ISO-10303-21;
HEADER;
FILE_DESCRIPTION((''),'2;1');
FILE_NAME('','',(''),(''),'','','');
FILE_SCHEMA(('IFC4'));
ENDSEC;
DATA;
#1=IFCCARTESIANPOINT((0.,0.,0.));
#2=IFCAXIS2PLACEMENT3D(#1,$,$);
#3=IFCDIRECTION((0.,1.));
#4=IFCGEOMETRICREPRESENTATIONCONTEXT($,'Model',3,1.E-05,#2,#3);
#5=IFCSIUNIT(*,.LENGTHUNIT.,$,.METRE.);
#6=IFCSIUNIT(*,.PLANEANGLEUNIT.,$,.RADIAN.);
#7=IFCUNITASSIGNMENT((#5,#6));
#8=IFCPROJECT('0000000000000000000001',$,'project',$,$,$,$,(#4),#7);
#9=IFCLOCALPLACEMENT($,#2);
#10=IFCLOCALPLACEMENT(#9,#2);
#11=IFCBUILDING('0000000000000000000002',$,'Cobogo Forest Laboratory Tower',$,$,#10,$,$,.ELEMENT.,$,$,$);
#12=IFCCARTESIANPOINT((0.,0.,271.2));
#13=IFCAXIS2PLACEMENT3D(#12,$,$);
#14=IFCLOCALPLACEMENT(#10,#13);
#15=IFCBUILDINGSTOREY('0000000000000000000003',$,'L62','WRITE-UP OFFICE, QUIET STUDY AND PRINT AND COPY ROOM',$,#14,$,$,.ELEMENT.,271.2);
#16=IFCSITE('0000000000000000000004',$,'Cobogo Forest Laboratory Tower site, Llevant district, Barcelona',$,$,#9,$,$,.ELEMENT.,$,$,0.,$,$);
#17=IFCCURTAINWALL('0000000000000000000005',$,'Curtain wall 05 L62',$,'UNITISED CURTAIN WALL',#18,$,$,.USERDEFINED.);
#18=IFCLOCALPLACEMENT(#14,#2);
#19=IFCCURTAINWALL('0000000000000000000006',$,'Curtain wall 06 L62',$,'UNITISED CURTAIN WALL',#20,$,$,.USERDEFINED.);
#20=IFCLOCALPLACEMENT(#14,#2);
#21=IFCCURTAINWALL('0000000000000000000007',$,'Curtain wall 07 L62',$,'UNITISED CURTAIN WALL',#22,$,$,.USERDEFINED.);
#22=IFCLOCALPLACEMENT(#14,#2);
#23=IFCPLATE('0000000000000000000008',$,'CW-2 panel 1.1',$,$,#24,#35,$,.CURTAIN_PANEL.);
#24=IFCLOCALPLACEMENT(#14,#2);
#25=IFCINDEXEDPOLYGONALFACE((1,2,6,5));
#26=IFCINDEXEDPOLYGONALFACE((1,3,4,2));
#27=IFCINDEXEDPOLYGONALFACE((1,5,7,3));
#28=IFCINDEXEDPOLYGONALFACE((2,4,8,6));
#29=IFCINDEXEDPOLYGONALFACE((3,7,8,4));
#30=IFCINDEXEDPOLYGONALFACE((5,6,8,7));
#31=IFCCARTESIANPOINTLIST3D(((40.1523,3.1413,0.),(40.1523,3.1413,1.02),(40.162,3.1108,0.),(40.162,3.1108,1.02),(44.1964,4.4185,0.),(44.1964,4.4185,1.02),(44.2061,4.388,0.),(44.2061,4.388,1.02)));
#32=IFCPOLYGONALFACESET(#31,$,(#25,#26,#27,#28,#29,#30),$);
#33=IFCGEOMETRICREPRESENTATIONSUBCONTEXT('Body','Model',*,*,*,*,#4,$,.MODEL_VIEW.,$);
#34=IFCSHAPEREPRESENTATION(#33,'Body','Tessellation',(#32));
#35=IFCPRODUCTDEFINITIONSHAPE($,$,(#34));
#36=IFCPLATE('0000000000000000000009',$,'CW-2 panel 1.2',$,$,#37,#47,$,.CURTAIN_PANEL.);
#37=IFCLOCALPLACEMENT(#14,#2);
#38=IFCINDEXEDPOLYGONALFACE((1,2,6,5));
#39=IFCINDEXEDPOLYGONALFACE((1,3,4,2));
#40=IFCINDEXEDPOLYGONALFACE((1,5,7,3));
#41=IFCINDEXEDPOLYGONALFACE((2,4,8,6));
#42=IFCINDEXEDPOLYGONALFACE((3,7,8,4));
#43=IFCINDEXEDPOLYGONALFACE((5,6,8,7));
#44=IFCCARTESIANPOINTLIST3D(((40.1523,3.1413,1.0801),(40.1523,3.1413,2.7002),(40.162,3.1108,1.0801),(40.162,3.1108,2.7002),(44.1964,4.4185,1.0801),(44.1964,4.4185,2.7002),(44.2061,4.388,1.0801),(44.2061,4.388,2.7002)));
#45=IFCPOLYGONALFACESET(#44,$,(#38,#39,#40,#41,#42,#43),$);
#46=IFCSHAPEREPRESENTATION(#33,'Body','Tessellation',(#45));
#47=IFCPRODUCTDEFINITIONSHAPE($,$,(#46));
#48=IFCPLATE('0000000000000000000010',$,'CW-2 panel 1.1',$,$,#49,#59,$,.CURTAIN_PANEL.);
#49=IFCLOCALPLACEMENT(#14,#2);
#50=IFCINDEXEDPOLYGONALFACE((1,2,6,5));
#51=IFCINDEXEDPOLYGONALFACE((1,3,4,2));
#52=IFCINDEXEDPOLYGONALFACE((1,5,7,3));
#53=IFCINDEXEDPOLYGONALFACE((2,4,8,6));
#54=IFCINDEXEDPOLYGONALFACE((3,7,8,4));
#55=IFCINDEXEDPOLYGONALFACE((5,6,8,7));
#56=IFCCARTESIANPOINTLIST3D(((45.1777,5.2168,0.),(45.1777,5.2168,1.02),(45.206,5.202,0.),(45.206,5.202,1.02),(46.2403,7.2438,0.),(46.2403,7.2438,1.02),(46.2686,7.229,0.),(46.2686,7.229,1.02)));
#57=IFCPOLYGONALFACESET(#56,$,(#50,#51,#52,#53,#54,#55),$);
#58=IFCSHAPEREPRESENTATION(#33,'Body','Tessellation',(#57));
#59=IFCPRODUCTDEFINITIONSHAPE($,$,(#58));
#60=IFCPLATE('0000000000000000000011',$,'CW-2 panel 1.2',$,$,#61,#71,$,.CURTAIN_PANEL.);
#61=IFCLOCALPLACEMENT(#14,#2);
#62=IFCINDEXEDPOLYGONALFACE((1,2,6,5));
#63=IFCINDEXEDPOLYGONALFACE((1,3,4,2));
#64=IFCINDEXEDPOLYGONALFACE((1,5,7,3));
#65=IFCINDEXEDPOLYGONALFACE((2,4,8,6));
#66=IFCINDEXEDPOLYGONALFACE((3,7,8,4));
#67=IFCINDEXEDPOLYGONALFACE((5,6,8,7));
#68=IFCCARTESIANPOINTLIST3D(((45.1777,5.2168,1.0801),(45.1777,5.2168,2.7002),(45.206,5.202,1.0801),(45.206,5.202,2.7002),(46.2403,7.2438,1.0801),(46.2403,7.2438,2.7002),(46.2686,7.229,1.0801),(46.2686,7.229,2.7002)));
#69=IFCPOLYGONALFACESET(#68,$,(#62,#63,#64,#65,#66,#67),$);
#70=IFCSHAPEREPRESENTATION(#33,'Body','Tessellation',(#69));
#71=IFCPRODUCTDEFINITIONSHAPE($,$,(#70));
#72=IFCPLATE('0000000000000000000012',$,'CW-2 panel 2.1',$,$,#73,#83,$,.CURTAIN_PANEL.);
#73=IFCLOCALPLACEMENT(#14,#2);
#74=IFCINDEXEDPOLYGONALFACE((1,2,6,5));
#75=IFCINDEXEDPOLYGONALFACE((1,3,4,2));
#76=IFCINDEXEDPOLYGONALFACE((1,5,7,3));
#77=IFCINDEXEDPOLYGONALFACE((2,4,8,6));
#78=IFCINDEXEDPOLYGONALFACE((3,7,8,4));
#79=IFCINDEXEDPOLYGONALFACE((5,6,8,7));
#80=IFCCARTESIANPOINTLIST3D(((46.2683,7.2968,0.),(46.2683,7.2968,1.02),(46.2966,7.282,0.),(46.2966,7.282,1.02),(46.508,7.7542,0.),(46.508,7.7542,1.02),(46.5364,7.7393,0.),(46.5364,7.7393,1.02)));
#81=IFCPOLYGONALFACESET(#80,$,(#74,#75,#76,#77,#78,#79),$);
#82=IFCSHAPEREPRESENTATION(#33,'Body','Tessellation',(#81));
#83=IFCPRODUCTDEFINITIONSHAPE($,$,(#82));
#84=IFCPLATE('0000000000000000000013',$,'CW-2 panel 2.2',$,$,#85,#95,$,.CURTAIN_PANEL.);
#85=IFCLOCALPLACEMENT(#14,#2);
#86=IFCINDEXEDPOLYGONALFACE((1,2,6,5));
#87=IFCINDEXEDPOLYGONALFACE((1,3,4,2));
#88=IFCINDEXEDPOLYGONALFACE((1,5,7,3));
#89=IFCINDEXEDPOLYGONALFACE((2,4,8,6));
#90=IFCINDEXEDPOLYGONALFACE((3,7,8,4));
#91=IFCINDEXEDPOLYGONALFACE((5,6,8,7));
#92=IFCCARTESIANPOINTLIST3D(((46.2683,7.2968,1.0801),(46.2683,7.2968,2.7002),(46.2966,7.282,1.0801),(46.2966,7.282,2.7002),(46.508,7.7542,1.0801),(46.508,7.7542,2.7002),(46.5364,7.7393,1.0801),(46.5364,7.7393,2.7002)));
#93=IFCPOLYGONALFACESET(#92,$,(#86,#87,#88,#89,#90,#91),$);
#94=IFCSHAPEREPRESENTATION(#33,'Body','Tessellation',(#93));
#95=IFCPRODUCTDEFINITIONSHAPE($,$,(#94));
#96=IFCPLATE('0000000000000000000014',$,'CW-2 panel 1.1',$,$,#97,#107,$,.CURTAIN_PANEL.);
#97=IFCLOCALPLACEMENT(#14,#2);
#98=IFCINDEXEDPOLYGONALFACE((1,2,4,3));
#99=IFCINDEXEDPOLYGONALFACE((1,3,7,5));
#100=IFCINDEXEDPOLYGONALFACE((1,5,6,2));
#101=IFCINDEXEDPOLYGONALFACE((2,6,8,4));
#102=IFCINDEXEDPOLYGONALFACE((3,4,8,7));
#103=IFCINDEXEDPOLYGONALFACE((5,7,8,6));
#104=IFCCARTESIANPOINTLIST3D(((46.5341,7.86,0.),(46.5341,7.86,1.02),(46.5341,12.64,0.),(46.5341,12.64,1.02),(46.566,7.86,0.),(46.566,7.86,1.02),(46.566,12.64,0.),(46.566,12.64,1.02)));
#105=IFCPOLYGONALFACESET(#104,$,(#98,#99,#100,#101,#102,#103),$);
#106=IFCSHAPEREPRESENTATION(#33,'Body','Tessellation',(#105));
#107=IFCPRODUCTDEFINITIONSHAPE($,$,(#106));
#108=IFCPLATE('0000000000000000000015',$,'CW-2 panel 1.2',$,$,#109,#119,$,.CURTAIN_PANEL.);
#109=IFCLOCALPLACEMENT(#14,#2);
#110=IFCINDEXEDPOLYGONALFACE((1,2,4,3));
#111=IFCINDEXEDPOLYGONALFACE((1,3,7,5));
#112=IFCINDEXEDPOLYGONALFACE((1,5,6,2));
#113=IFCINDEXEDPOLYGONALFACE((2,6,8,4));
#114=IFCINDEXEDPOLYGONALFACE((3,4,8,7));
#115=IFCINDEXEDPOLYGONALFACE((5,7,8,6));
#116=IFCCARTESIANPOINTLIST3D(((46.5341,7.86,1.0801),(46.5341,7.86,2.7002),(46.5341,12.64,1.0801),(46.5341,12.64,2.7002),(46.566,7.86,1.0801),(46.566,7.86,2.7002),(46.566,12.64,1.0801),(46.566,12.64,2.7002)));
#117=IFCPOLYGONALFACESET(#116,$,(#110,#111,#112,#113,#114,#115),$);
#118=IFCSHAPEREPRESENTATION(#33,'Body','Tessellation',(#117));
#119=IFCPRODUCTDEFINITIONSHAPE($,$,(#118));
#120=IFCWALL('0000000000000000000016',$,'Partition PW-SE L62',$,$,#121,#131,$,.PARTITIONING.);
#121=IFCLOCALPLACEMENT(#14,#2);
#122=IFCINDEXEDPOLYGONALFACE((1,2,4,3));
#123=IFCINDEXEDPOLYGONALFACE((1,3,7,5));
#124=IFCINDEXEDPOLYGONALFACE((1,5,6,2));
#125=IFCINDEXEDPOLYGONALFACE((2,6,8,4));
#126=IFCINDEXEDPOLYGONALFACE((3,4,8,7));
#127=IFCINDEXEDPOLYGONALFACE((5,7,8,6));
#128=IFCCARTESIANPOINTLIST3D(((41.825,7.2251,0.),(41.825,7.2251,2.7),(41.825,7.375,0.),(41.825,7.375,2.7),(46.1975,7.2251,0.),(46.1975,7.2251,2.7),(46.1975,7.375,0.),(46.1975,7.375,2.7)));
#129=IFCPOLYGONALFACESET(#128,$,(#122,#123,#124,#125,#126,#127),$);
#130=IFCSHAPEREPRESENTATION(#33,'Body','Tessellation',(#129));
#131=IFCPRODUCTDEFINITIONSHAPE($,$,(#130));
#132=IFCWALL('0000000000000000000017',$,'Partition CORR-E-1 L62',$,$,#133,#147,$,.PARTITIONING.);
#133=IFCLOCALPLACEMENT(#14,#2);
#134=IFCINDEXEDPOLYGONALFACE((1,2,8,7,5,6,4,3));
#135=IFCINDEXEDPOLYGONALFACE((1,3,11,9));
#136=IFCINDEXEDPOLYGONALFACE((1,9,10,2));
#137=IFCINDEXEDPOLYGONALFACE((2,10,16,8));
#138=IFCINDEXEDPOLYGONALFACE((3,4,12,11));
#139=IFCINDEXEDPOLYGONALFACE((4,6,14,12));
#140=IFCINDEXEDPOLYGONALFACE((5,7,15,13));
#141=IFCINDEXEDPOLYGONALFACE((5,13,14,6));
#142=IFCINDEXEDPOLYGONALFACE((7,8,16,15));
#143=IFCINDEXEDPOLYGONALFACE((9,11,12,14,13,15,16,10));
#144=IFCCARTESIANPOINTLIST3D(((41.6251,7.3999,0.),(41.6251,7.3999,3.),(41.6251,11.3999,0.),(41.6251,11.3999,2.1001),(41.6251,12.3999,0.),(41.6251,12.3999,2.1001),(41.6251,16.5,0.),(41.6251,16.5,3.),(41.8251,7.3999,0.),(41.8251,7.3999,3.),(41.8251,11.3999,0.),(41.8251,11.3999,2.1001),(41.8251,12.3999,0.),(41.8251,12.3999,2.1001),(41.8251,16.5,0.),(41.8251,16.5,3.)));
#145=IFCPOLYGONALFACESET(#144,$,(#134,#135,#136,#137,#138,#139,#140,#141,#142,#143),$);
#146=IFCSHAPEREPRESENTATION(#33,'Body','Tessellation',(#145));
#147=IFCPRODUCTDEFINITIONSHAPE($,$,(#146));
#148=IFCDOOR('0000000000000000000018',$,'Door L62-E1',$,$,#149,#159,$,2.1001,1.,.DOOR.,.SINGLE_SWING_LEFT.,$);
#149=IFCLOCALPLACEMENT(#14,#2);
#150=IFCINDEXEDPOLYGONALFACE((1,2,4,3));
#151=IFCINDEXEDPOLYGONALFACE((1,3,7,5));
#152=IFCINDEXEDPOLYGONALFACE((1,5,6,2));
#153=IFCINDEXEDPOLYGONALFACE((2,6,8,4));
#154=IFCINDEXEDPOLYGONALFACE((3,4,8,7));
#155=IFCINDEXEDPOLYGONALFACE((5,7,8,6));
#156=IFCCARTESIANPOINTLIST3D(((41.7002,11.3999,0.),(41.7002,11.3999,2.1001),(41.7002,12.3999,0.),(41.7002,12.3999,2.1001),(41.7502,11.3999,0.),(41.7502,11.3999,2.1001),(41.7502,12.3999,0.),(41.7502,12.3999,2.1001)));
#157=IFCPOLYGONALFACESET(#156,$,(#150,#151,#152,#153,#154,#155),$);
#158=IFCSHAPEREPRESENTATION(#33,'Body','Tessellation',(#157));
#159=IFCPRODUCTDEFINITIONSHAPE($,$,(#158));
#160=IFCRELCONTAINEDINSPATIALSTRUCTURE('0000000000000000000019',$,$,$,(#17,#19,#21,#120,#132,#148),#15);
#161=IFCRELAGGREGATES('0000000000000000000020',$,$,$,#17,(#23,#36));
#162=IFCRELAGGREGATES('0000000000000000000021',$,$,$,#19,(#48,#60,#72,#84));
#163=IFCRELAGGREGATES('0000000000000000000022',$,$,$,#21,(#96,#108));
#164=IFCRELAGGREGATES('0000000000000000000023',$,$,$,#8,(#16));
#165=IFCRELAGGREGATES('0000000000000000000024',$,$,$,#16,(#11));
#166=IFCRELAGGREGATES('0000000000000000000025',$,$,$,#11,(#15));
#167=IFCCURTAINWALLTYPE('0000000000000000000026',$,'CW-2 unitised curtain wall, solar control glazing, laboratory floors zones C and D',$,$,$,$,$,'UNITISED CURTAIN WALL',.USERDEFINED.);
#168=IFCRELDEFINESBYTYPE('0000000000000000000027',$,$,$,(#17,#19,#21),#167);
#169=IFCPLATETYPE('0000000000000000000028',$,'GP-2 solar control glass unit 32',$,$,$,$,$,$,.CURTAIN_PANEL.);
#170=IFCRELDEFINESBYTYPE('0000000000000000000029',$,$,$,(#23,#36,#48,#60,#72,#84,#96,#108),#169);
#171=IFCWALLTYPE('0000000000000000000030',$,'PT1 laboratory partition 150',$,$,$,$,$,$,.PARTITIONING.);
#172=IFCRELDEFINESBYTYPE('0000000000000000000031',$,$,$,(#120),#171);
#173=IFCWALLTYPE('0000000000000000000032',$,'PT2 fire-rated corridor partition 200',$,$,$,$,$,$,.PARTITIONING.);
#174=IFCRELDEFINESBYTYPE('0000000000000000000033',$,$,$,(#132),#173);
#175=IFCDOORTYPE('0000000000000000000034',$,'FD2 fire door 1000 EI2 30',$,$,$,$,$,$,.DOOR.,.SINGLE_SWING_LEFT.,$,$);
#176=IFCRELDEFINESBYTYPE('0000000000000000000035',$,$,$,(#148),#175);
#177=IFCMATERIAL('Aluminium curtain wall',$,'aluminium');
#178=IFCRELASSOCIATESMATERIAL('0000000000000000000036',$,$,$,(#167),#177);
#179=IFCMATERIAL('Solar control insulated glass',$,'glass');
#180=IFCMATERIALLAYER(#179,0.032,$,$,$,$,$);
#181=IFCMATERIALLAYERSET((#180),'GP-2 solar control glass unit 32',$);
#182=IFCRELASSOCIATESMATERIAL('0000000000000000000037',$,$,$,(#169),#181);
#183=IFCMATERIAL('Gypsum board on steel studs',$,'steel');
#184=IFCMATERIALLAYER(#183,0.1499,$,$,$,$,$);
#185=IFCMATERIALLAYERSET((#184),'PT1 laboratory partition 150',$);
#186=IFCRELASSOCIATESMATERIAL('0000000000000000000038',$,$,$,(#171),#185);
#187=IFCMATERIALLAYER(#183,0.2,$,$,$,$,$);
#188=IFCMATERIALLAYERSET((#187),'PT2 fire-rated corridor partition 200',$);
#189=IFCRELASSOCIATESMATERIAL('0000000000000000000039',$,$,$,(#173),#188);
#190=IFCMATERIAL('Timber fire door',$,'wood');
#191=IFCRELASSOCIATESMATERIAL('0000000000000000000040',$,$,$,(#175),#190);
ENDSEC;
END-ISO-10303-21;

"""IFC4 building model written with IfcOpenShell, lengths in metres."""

from ifc_helpers import new_model, si_unit, direction, frame, frame_2d, origin, origin_2d, place, context, subcontext, project, spatial, rectangle, extrude, material, layer, layer_set, type_object, element, fill, aggregate, save


model = new_model("IFC4")

# Units and contexts
model_context = context("Model", 3, precision=1e-05, world=origin(), true_north=direction((0.0, 1.0)))
body_context = subcontext(model_context, "Body", "Model", "MODEL_VIEW")
ifc_project = project(units=[si_unit("LENGTHUNIT", "METRE"), si_unit("PLANEANGLEUNIT", "RADIAN")], contexts=[model_context])

# Site, building, storey
site_placement = place(None, origin())
site = spatial("IfcSite", under=ifc_project, at=site_placement, Name="Cobogo Forest Laboratory Tower site, Llevant district, Barcelona", CompositionType="ELEMENT", RefElevation=0.0)
building_placement = place(site_placement, origin())
building = spatial("IfcBuilding", under=site, at=building_placement, Name="Cobogo Forest Laboratory Tower", CompositionType="ELEMENT")
storey_placement = place(building_placement, frame((0.0, 0.0, 271.2)))
storey = spatial("IfcBuildingStorey", under=building, at=storey_placement, Name="L62", Description="WRITE-UP OFFICE, QUIET STUDY AND PRINT AND COPY ROOM", CompositionType="ELEMENT", Elevation=271.2)

# Curtain walls
ifc_material_1 = material(Name="Aluminium curtain wall", Category="aluminium")
curtain_wall_type = type_object("IfcCurtainWallType", Name="CW-2 unitised curtain wall, solar control glazing, laboratory floors zones C and D", ElementType="UNITISED CURTAIN WALL", PredefinedType="USERDEFINED", material=ifc_material_1)
curtain_wall_1_placement = place(storey_placement, origin())
curtain_wall_1 = element("IfcCurtainWall", 1, at=curtain_wall_1_placement, inside=storey, type_object=curtain_wall_type, Name="Curtain wall 05 L62", ObjectType="UNITISED CURTAIN WALL", PredefinedType="USERDEFINED")
curtain_wall_2_placement = place(storey_placement, origin())
curtain_wall_2 = element("IfcCurtainWall", 2, at=curtain_wall_2_placement, inside=storey, type_object=curtain_wall_type, Name="Curtain wall 06 L62", ObjectType="UNITISED CURTAIN WALL", PredefinedType="USERDEFINED")

# Curtain wall
curtain_wall_3_placement = place(storey_placement, origin())
curtain_wall_3 = element("IfcCurtainWall", 3, at=curtain_wall_3_placement, inside=storey, type_object=curtain_wall_type, Name="Curtain wall 07 L62", ObjectType="UNITISED CURTAIN WALL", PredefinedType="USERDEFINED")

# Plates
ifc_material_2 = material(Name="Solar control insulated glass", Category="glass")
ifc_layer_1 = layer(ifc_material_2, 0.032)
ifc_layer_set_1 = layer_set([ifc_layer_1], Name="GP-2 solar control glass unit 32")
plate_type = type_object("IfcPlateType", Name="GP-2 solar control glass unit 32", PredefinedType="CURTAIN_PANEL", material=ifc_layer_set_1)
plate_1_placement = place(storey_placement, frame((42.1792, 3.7646, 0.0), z_axis=(0.0, 0.0, 1.0), x_axis=(0.953581, 0.301135, 0.0)))
plate_1 = element("IfcPlate", 4, at=plate_1_placement, type_object=plate_type, Name="CW-2 panel 1.1", PredefinedType="CURTAIN_PANEL", context=body_context, shape_type="SweptSolid", body=[
    extrude(rectangle(XDim=4.241, YDim=0.032, at=origin_2d()), origin(), (0.0, 0.0, 1.0), 1.02),
])
plate_2_placement = place(storey_placement, frame((42.1792, 3.7646, 1.0801), z_axis=(0.0, 0.0, 1.0), x_axis=(0.953581, 0.301135, 0.0)))
plate_2 = element("IfcPlate", 5, at=plate_2_placement, type_object=plate_type, Name="CW-2 panel 1.2", PredefinedType="CURTAIN_PANEL", context=body_context, shape_type="SweptSolid", body=[
    extrude(rectangle(XDim=4.241, YDim=0.032, at=origin_2d()), origin(), (0.0, 0.0, 1.0), 1.6201),
])
aggregate(curtain_wall_1, [plate_1, plate_2])
plate_3_placement = place(storey_placement, frame((45.7231, 6.2229, 0.0), z_axis=(0.0, 0.0, 1.0), x_axis=(0.464284, 0.885686, 0.0)))
plate_3 = element("IfcPlate", 6, at=plate_3_placement, type_object=plate_type, Name="CW-2 panel 1.1", PredefinedType="CURTAIN_PANEL", context=body_context, shape_type="SweptSolid", body=[
    extrude(rectangle(XDim=2.2886, YDim=0.032, at=origin_2d()), origin(), (0.0, 0.0, 1.0), 1.02),
])
plate_4_placement = place(storey_placement, frame((45.7231, 6.2229, 1.0801), z_axis=(0.0, 0.0, 1.0), x_axis=(0.464284, 0.885686, 0.0)))
plate_4 = element("IfcPlate", 7, at=plate_4_placement, type_object=plate_type, Name="CW-2 panel 1.2", PredefinedType="CURTAIN_PANEL", context=body_context, shape_type="SweptSolid", body=[
    extrude(rectangle(XDim=2.2886, YDim=0.032, at=origin_2d()), origin(), (0.0, 0.0, 1.0), 1.6201),
])
plate_5_placement = place(storey_placement, frame((46.4023, 7.5181, 0.0), z_axis=(0.0, 0.0, 1.0), x_axis=(0.464284, 0.885686, 0.0)))
plate_5 = element("IfcPlate", 8, at=plate_5_placement, type_object=plate_type, Name="CW-2 panel 2.1", PredefinedType="CURTAIN_PANEL", context=body_context, shape_type="SweptSolid", body=[
    extrude(rectangle(XDim=0.5164, YDim=0.032, at=origin_2d()), origin(), (0.0, 0.0, 1.0), 1.02),
])
plate_6_placement = place(storey_placement, frame((46.4023, 7.5181, 1.0801), z_axis=(0.0, 0.0, 1.0), x_axis=(0.464284, 0.885686, 0.0)))
plate_6 = element("IfcPlate", 9, at=plate_6_placement, type_object=plate_type, Name="CW-2 panel 2.2", PredefinedType="CURTAIN_PANEL", context=body_context, shape_type="SweptSolid", body=[
    extrude(rectangle(XDim=0.5164, YDim=0.032, at=origin_2d()), origin(), (0.0, 0.0, 1.0), 1.6201),
])
aggregate(curtain_wall_2, [plate_3, plate_4, plate_5, plate_6])
plate_7_placement = place(storey_placement, frame((46.55, 10.25, 0.0), z_axis=(0.0, 0.0, 1.0), x_axis=(0.0, 1.0, 0.0)))
plate_7 = element("IfcPlate", 10, at=plate_7_placement, type_object=plate_type, Name="CW-2 panel 1.1", PredefinedType="CURTAIN_PANEL", context=body_context, shape_type="SweptSolid", body=[
    extrude(rectangle(XDim=4.78, YDim=0.032, at=origin_2d()), origin(), (0.0, 0.0, 1.0), 1.02),
])
plate_8_placement = place(storey_placement, frame((46.55, 10.25, 1.0801), z_axis=(0.0, 0.0, 1.0), x_axis=(0.0, 1.0, 0.0)))
plate_8 = element("IfcPlate", 11, at=plate_8_placement, type_object=plate_type, Name="CW-2 panel 1.2", PredefinedType="CURTAIN_PANEL", context=body_context, shape_type="SweptSolid", body=[
    extrude(rectangle(XDim=4.78, YDim=0.032, at=origin_2d()), origin(), (0.0, 0.0, 1.0), 1.6201),
])
aggregate(curtain_wall_3, [plate_7, plate_8])

# Wall
ifc_material_3 = material(Name="Gypsum board on steel studs", Category="steel")
ifc_layer_2 = layer(ifc_material_3, 0.1499)
ifc_layer_set_2 = layer_set([ifc_layer_2], Name="PT1 laboratory partition 150")
wall_type_1 = type_object("IfcWallType", Name="PT1 laboratory partition 150", PredefinedType="PARTITIONING", material=ifc_layer_set_2)
wall_1_placement = place(storey_placement, frame((46.1975, 7.3, 0.0), z_axis=(0.0, 0.0, 1.0), x_axis=(-1.0, 0.0, 0.0)))
element("IfcWall", 12, at=wall_1_placement, inside=storey, type_object=wall_type_1, Name="Partition PW-SE L62", PredefinedType="PARTITIONING", context=body_context, shape_type="SweptSolid", body=[
    extrude(rectangle(XDim=4.3726, YDim=0.1499, at=frame_2d((2.1863, 0.0))), origin(), (0.0, 0.0, 1.0), 2.7),
])

# Wall, opening, door
ifc_layer_3 = layer(ifc_material_3, 0.2)
ifc_layer_set_3 = layer_set([ifc_layer_3], Name="PT2 fire-rated corridor partition 200")
wall_type_2 = type_object("IfcWallType", Name="PT2 fire-rated corridor partition 200", PredefinedType="PARTITIONING", material=ifc_layer_set_3)
wall_2_placement = place(storey_placement, frame((41.7251, 7.3999, 0.0), z_axis=(0.0, 0.0, 1.0), x_axis=(0.0, 1.0, 0.0)))
wall_2 = element("IfcWall", 13, at=wall_2_placement, inside=storey, type_object=wall_type_2, Name="Partition CORR-E-1 L62", PredefinedType="PARTITIONING", context=body_context, shape_type="SweptSolid", body=[
    extrude(rectangle(XDim=9.1001, YDim=0.2, at=frame_2d((4.55, 0.0))), origin(), (0.0, 0.0, 1.0), 3.0),
])
opening_placement = place(wall_2_placement, frame((4.0, 0.0, 0.0)))
opening = element("IfcOpeningElement", 14, at=opening_placement, cuts=wall_2, PredefinedType="OPENING", context=body_context, shape_type="SweptSolid", body=[
    extrude(rectangle(XDim=1.0, YDim=2.1001, at=frame_2d((0.5, 1.05))), frame((0.0, 0.1099, 0.0), z_axis=(0.0, -1.0, 0.0), x_axis=(1.0, 0.0, 0.0)), (0.0, 0.0, 1.0), 0.22),
])
ifc_material_4 = material(Name="Timber fire door", Category="wood")
door_type = type_object("IfcDoorType", Name="FD2 fire door 1000 EI2 30", OperationType="SINGLE_SWING_LEFT", PredefinedType="DOOR", material=ifc_material_4)
door_placement = place(opening_placement, origin())
door = element("IfcDoor", 15, at=door_placement, inside=storey, type_object=door_type, Name="Door L62-E1", OperationType="SINGLE_SWING_LEFT", OverallHeight=2.1001, OverallWidth=1.0, PredefinedType="DOOR", context=body_context, shape_type="SweptSolid", body=[
    extrude(rectangle(XDim=1.0, YDim=2.1001, at=frame_2d((0.5, 1.05))), frame((0.0, 0.0249, 0.0), z_axis=(0.0, -1.0, 0.0), x_axis=(1.0, 0.0, 0.0)), (0.0, 0.0, 1.0), 0.05),
])
fill(opening, door)

save(model, "model.ifc")
